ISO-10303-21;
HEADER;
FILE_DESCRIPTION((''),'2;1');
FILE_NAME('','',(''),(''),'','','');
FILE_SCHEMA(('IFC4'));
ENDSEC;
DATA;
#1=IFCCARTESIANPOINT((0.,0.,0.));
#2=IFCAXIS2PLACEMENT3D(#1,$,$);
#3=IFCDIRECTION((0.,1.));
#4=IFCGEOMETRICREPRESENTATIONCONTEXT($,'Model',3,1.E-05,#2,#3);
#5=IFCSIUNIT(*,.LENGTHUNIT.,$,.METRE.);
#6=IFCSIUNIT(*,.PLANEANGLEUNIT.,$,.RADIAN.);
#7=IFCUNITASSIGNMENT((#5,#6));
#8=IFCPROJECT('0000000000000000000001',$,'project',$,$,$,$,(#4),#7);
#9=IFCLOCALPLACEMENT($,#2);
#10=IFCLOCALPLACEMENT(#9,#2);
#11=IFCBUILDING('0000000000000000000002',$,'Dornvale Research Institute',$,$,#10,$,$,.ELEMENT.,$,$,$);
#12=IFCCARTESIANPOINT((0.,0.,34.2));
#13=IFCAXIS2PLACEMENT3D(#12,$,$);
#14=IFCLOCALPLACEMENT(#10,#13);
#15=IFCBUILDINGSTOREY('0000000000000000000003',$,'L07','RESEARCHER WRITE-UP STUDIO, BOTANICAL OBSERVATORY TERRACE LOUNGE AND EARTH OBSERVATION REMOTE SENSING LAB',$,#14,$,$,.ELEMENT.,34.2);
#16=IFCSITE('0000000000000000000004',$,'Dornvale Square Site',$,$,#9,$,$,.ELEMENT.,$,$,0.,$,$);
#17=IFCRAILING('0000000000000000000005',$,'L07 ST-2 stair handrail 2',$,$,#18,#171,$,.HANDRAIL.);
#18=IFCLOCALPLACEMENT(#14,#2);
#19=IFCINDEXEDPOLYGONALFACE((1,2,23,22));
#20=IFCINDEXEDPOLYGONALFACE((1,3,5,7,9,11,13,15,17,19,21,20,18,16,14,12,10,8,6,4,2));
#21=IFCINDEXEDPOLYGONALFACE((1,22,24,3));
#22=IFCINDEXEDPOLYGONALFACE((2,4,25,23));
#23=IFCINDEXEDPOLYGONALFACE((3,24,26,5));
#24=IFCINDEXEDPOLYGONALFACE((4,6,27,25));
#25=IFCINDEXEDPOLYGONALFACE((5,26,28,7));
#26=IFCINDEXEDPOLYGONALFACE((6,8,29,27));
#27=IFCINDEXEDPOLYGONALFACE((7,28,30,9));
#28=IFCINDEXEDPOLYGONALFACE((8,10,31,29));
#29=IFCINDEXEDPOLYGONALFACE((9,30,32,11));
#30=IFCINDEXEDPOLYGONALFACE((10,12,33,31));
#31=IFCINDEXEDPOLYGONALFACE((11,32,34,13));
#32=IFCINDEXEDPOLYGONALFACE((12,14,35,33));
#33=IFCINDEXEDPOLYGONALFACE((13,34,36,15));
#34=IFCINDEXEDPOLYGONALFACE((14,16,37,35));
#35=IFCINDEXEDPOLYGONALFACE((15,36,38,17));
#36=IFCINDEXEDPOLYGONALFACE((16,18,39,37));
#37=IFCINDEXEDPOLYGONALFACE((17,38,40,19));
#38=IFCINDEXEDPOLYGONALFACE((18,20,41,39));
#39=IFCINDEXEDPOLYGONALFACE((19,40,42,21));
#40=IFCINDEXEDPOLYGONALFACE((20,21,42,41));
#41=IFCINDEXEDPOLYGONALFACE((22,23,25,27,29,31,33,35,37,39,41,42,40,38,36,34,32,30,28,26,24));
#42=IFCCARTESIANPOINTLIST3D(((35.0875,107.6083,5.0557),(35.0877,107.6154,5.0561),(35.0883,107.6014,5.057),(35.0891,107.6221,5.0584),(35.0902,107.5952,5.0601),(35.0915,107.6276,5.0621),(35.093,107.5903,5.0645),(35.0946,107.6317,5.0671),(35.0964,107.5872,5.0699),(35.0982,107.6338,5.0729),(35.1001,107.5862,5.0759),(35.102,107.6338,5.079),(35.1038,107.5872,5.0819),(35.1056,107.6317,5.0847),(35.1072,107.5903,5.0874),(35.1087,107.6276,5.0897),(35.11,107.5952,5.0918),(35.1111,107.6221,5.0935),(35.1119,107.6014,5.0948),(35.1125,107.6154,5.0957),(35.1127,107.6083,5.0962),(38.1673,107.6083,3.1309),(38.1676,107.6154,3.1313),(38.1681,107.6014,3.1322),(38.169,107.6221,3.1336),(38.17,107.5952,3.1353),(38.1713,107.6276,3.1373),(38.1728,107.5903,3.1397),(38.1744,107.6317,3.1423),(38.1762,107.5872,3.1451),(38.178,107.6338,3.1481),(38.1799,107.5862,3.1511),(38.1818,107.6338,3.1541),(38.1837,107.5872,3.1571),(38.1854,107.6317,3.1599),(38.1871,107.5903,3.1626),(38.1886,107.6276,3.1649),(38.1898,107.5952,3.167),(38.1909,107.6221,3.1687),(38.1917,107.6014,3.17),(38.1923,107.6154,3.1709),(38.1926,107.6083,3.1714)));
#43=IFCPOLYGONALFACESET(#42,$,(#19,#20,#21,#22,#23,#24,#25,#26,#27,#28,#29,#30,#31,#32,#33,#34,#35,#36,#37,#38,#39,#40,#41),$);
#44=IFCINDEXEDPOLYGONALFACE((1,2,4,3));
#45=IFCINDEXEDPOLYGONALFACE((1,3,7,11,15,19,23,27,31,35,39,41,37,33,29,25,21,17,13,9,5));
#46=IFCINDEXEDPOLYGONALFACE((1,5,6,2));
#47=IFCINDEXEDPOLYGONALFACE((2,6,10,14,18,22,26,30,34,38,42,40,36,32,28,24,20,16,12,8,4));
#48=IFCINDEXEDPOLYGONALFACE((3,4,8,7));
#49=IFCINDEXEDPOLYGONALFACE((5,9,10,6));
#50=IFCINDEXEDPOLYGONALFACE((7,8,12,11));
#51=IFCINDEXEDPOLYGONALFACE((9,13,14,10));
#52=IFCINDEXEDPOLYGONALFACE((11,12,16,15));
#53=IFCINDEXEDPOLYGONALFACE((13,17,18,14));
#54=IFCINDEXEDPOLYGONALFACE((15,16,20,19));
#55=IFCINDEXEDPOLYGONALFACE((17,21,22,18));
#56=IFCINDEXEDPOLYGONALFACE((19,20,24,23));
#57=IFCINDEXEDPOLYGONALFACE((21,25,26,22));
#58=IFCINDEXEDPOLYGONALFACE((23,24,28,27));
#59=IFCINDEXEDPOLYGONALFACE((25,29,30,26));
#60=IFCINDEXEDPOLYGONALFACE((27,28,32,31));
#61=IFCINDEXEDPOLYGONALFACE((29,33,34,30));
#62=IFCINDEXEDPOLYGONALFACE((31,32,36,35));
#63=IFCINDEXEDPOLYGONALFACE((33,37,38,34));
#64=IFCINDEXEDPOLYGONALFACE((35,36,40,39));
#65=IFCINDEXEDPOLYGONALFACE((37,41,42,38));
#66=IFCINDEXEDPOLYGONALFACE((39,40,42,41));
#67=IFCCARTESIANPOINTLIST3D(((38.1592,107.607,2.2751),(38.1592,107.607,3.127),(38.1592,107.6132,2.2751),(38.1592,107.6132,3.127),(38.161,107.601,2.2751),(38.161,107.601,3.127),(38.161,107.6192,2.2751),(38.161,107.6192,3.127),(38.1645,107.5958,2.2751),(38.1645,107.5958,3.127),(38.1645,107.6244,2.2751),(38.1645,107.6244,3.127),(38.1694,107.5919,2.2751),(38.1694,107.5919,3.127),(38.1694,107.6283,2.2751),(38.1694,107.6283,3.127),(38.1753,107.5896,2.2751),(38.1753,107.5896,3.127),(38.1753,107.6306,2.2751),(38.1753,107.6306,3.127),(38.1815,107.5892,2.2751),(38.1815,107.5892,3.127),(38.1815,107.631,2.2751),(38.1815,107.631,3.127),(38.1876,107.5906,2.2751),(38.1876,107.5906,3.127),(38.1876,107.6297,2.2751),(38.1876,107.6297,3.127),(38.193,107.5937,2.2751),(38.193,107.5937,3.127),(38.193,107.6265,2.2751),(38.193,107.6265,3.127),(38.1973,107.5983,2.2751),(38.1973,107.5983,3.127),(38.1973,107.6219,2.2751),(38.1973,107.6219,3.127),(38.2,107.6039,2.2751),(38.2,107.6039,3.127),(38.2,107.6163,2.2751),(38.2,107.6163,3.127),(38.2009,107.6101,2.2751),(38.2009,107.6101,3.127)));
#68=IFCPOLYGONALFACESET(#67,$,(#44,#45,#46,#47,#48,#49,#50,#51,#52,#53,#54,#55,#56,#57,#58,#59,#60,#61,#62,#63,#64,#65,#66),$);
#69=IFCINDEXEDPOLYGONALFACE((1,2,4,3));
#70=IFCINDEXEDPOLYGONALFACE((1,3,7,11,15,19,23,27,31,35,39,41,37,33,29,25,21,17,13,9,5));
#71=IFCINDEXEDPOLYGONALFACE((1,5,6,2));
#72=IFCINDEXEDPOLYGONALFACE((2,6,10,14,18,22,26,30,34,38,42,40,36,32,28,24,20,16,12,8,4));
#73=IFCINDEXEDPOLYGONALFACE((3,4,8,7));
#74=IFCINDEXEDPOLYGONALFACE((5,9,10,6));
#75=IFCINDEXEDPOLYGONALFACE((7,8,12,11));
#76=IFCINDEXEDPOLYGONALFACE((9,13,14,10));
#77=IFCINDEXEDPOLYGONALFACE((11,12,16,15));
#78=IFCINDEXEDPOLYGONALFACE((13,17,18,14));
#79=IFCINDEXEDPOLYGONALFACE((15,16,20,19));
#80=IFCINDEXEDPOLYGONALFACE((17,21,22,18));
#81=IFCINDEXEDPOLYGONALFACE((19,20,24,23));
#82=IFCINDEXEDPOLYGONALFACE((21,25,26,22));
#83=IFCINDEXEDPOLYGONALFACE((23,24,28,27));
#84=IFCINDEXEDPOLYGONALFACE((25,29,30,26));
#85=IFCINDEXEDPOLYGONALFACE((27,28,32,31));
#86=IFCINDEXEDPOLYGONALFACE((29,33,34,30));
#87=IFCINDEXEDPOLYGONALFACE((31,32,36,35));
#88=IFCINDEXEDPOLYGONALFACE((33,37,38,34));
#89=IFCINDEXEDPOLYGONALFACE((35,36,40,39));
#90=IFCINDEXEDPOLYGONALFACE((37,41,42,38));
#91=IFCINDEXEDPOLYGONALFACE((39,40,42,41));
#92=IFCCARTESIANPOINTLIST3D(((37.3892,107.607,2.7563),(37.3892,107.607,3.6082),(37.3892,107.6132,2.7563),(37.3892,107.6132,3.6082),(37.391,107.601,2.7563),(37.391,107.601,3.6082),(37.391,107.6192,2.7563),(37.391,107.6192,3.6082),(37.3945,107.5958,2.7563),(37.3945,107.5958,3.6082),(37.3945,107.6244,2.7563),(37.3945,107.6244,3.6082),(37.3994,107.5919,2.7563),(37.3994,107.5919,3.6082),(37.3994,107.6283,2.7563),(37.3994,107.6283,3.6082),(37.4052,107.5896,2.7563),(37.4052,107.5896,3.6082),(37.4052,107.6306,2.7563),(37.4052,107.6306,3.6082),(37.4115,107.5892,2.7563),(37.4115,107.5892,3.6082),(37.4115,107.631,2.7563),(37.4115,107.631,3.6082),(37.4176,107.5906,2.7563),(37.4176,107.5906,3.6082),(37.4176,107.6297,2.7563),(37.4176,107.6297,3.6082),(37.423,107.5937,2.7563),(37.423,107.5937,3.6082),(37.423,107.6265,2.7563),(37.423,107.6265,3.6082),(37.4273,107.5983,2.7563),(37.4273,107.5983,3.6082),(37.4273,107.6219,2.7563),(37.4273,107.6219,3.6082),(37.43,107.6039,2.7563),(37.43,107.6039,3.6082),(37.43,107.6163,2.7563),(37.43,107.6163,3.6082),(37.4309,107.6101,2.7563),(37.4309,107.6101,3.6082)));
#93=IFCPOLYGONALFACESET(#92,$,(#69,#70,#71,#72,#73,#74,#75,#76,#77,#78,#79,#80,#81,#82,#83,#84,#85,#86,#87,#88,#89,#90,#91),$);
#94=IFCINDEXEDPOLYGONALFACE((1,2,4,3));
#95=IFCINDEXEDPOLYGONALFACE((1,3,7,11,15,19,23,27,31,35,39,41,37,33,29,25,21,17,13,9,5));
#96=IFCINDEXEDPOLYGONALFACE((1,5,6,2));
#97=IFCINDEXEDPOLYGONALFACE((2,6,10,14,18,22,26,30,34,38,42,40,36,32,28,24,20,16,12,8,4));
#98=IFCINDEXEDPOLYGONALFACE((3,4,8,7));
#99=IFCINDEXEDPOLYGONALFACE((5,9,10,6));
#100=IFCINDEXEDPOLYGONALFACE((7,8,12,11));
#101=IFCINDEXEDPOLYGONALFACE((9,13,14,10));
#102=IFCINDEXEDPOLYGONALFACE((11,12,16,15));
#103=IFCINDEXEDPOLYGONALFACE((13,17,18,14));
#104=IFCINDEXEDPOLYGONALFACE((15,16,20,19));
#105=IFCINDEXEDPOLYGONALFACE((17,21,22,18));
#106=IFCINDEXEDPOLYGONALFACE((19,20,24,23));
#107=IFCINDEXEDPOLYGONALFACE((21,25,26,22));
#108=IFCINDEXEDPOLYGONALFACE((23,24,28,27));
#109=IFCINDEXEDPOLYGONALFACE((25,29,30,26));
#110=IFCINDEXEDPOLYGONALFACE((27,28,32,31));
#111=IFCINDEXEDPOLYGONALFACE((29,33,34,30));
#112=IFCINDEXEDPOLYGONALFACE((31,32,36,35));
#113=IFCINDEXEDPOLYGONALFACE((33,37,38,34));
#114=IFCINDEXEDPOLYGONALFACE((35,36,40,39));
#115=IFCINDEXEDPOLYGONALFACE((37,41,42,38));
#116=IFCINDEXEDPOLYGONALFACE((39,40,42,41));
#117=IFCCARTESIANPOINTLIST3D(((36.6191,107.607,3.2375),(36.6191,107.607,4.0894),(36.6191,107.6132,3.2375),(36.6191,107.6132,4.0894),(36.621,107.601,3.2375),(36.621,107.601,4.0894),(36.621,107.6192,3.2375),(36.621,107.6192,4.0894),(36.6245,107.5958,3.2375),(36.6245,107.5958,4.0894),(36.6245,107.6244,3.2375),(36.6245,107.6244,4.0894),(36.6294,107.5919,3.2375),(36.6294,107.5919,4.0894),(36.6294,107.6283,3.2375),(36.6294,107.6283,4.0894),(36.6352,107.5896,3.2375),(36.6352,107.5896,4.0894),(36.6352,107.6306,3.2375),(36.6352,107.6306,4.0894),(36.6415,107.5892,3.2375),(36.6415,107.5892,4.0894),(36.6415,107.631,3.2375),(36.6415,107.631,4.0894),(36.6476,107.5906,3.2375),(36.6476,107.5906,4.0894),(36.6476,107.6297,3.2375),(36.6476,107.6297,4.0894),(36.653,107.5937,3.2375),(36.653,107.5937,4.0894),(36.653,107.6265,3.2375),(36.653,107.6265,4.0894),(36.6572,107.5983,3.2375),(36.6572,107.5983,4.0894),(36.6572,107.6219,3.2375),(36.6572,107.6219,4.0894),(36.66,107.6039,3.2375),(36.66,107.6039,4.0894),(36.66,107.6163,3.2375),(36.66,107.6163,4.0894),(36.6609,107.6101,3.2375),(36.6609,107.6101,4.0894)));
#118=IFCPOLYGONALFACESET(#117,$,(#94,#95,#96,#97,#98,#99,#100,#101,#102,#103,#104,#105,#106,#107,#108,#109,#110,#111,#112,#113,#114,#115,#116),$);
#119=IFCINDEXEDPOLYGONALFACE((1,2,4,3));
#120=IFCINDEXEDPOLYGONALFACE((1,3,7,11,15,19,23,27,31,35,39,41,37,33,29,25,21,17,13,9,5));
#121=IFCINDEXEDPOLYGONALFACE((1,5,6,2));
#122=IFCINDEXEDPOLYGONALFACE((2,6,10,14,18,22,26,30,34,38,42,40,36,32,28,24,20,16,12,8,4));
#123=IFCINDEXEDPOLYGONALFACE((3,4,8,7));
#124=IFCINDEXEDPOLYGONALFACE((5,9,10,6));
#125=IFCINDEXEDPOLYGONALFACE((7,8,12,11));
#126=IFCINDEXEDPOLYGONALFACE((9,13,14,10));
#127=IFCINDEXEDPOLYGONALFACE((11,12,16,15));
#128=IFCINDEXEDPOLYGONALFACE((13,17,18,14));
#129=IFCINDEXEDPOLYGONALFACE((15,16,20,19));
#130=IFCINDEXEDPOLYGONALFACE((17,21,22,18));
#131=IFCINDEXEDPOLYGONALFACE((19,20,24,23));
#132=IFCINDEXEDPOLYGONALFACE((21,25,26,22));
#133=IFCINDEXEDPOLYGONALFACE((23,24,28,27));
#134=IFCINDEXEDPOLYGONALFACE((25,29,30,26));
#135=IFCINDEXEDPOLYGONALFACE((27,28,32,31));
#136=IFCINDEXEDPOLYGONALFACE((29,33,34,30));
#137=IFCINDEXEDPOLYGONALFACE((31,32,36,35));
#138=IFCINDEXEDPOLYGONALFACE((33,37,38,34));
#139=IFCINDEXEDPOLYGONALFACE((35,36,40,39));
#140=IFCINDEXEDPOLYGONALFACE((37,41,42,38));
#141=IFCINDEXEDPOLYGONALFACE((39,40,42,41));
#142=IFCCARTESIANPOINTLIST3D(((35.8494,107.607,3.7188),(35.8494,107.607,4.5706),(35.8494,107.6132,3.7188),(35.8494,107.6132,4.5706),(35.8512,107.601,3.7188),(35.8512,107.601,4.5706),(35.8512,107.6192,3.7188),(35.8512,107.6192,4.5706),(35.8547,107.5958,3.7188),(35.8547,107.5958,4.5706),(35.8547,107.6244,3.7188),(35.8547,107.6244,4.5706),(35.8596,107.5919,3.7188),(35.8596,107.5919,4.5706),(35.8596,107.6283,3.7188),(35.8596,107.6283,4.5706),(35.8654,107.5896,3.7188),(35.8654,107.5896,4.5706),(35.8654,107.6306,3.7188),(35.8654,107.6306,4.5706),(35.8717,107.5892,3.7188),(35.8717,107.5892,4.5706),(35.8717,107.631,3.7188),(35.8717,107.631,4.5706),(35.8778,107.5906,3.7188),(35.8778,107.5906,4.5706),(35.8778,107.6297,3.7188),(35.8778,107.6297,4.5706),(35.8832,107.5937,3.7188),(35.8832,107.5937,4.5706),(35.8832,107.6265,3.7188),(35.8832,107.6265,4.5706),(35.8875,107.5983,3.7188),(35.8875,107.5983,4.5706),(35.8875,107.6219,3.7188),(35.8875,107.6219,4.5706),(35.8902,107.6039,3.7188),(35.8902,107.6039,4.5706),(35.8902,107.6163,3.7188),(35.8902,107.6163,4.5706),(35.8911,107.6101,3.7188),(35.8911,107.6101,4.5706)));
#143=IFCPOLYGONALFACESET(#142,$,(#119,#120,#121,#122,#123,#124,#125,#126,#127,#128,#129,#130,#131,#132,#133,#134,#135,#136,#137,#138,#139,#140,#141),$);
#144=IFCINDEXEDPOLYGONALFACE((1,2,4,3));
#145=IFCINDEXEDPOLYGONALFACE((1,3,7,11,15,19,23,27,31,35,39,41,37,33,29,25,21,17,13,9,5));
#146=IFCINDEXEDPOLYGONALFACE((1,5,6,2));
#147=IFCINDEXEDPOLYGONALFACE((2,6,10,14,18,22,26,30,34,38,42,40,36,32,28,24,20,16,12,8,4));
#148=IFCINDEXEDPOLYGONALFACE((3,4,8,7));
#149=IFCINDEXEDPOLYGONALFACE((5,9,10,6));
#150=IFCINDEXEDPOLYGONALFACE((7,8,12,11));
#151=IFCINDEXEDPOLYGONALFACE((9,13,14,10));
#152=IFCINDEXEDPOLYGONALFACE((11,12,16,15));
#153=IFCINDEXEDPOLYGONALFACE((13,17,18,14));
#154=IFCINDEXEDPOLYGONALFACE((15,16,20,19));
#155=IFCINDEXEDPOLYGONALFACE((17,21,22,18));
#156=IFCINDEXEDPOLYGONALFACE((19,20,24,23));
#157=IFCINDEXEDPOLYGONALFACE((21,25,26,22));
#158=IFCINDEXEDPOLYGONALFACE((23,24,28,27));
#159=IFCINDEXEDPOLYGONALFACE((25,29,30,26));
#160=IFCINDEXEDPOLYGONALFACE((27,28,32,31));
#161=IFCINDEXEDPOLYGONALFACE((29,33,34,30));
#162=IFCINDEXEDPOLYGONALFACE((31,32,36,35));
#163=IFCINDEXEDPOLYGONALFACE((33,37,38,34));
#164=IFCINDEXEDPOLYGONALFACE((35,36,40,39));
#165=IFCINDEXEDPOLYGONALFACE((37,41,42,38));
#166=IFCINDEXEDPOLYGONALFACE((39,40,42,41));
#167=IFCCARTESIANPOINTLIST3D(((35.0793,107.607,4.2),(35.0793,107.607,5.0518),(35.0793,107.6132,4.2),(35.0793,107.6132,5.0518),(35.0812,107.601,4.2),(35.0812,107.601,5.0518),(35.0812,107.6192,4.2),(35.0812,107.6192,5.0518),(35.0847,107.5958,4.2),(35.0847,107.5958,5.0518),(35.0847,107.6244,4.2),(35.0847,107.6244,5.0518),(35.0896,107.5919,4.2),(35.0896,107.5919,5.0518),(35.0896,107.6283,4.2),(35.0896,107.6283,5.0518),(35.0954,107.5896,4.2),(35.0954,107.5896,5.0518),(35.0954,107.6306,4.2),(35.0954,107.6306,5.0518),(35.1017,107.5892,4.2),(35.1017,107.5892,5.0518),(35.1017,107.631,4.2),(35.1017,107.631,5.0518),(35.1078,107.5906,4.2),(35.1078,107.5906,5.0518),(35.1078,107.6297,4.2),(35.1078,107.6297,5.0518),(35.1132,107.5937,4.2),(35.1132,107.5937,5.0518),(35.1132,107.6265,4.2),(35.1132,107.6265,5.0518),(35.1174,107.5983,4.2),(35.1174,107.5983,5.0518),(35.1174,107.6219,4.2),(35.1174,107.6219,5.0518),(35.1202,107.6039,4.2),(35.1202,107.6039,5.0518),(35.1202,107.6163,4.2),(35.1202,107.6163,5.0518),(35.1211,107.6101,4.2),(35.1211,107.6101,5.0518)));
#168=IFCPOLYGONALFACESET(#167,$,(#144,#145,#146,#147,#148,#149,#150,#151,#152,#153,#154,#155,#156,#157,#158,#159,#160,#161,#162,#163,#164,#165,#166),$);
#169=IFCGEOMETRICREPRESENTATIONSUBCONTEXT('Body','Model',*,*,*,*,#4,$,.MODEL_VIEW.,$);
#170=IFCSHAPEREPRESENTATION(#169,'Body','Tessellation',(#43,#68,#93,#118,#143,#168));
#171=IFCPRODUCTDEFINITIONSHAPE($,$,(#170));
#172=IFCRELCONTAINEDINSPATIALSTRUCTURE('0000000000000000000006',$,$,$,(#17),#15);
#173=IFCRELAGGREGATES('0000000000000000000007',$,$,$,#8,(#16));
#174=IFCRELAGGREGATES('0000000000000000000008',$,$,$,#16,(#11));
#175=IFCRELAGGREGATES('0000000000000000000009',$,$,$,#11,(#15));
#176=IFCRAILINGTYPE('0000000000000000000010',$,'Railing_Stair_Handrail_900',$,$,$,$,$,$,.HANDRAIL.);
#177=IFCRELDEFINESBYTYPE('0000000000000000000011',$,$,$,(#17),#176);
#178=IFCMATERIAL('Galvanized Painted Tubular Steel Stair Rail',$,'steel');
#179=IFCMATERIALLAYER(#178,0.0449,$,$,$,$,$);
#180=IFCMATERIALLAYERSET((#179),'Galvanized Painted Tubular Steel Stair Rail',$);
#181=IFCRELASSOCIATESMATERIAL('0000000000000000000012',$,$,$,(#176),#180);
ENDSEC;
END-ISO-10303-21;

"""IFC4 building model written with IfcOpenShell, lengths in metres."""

from ifc_helpers import new_model, si_unit, direction, frame, origin, origin_2d, place, context, subcontext, project, spatial, circle, extrude, material, layer, layer_set, type_object, element, save


model = new_model("IFC4")

# Units and contexts
model_context = context("Model", 3, precision=1e-05, world=origin(), true_north=direction((0.0, 1.0)))
body_context = subcontext(model_context, "Body", "Model", "MODEL_VIEW")
ifc_project = project(units=[si_unit("LENGTHUNIT", "METRE"), si_unit("PLANEANGLEUNIT", "RADIAN")], contexts=[model_context])

# Site, building, storey
site_placement = place(None, origin())
site = spatial("IfcSite", under=ifc_project, at=site_placement, Name="Dornvale Square Site", CompositionType="ELEMENT", RefElevation=0.0)
building_placement = place(site_placement, origin())
building = spatial("IfcBuilding", under=site, at=building_placement, Name="Dornvale Research Institute", CompositionType="ELEMENT")
storey_placement = place(building_placement, frame((0.0, 0.0, 34.2)))
storey = spatial("IfcBuildingStorey", under=building, at=storey_placement, Name="L07", Description="RESEARCHER WRITE-UP STUDIO, BOTANICAL OBSERVATORY TERRACE LOUNGE AND EARTH OBSERVATION REMOTE SENSING LAB", CompositionType="ELEMENT", Elevation=34.2)

# Railing
ifc_material_1 = material(Name="Galvanized Painted Tubular Steel Stair Rail", Category="steel")
ifc_layer_1 = layer(ifc_material_1, 0.0449)
ifc_layer_set_1 = layer_set([ifc_layer_1], Name="Galvanized Painted Tubular Steel Stair Rail")
railing_type_1 = type_object("IfcRailingType", Name="Railing_Stair_Handrail_900", PredefinedType="HANDRAIL", material=ifc_layer_set_1)
railing_1_placement = place(storey_placement, frame((38.1799, 107.6101, 2.2751)))
element("IfcRailing", 1, at=railing_1_placement, inside=storey, type_object=railing_type_1, Name="L07 ST-2 stair handrail 2", PredefinedType="HANDRAIL", context=body_context, shape_type="SweptSolid", body=[
    extrude(circle(Radius=0.0239, at=origin_2d()), frame((0.0, 0.0, 0.876), z_axis=(-0.84801, 0.0, 0.529981), x_axis=(0.0, -1.0, 0.0)), (0.0, 0.0, 1.0), 3.6318),
    extrude(circle(Radius=0.021, at=origin_2d()), origin(), (0.0, 0.0, 1.0), 0.8518),
    extrude(circle(Radius=0.021, at=origin_2d()), frame((-0.77, 0.0, 0.4812)), (0.0, 0.0, 1.0), 0.8518),
    extrude(circle(Radius=0.021, at=origin_2d()), frame((-1.54, 0.0, 0.9624)), (0.0, 0.0, 1.0), 0.8518),
    extrude(circle(Radius=0.021, at=origin_2d()), frame((-2.3098, 0.0, 1.4436)), (0.0, 0.0, 1.0), 0.8518),
    extrude(circle(Radius=0.021, at=origin_2d()), frame((-3.0798, 0.0, 1.9248)), (0.0, 0.0, 1.0), 0.8518),
])

save(model, "model.ifc")
